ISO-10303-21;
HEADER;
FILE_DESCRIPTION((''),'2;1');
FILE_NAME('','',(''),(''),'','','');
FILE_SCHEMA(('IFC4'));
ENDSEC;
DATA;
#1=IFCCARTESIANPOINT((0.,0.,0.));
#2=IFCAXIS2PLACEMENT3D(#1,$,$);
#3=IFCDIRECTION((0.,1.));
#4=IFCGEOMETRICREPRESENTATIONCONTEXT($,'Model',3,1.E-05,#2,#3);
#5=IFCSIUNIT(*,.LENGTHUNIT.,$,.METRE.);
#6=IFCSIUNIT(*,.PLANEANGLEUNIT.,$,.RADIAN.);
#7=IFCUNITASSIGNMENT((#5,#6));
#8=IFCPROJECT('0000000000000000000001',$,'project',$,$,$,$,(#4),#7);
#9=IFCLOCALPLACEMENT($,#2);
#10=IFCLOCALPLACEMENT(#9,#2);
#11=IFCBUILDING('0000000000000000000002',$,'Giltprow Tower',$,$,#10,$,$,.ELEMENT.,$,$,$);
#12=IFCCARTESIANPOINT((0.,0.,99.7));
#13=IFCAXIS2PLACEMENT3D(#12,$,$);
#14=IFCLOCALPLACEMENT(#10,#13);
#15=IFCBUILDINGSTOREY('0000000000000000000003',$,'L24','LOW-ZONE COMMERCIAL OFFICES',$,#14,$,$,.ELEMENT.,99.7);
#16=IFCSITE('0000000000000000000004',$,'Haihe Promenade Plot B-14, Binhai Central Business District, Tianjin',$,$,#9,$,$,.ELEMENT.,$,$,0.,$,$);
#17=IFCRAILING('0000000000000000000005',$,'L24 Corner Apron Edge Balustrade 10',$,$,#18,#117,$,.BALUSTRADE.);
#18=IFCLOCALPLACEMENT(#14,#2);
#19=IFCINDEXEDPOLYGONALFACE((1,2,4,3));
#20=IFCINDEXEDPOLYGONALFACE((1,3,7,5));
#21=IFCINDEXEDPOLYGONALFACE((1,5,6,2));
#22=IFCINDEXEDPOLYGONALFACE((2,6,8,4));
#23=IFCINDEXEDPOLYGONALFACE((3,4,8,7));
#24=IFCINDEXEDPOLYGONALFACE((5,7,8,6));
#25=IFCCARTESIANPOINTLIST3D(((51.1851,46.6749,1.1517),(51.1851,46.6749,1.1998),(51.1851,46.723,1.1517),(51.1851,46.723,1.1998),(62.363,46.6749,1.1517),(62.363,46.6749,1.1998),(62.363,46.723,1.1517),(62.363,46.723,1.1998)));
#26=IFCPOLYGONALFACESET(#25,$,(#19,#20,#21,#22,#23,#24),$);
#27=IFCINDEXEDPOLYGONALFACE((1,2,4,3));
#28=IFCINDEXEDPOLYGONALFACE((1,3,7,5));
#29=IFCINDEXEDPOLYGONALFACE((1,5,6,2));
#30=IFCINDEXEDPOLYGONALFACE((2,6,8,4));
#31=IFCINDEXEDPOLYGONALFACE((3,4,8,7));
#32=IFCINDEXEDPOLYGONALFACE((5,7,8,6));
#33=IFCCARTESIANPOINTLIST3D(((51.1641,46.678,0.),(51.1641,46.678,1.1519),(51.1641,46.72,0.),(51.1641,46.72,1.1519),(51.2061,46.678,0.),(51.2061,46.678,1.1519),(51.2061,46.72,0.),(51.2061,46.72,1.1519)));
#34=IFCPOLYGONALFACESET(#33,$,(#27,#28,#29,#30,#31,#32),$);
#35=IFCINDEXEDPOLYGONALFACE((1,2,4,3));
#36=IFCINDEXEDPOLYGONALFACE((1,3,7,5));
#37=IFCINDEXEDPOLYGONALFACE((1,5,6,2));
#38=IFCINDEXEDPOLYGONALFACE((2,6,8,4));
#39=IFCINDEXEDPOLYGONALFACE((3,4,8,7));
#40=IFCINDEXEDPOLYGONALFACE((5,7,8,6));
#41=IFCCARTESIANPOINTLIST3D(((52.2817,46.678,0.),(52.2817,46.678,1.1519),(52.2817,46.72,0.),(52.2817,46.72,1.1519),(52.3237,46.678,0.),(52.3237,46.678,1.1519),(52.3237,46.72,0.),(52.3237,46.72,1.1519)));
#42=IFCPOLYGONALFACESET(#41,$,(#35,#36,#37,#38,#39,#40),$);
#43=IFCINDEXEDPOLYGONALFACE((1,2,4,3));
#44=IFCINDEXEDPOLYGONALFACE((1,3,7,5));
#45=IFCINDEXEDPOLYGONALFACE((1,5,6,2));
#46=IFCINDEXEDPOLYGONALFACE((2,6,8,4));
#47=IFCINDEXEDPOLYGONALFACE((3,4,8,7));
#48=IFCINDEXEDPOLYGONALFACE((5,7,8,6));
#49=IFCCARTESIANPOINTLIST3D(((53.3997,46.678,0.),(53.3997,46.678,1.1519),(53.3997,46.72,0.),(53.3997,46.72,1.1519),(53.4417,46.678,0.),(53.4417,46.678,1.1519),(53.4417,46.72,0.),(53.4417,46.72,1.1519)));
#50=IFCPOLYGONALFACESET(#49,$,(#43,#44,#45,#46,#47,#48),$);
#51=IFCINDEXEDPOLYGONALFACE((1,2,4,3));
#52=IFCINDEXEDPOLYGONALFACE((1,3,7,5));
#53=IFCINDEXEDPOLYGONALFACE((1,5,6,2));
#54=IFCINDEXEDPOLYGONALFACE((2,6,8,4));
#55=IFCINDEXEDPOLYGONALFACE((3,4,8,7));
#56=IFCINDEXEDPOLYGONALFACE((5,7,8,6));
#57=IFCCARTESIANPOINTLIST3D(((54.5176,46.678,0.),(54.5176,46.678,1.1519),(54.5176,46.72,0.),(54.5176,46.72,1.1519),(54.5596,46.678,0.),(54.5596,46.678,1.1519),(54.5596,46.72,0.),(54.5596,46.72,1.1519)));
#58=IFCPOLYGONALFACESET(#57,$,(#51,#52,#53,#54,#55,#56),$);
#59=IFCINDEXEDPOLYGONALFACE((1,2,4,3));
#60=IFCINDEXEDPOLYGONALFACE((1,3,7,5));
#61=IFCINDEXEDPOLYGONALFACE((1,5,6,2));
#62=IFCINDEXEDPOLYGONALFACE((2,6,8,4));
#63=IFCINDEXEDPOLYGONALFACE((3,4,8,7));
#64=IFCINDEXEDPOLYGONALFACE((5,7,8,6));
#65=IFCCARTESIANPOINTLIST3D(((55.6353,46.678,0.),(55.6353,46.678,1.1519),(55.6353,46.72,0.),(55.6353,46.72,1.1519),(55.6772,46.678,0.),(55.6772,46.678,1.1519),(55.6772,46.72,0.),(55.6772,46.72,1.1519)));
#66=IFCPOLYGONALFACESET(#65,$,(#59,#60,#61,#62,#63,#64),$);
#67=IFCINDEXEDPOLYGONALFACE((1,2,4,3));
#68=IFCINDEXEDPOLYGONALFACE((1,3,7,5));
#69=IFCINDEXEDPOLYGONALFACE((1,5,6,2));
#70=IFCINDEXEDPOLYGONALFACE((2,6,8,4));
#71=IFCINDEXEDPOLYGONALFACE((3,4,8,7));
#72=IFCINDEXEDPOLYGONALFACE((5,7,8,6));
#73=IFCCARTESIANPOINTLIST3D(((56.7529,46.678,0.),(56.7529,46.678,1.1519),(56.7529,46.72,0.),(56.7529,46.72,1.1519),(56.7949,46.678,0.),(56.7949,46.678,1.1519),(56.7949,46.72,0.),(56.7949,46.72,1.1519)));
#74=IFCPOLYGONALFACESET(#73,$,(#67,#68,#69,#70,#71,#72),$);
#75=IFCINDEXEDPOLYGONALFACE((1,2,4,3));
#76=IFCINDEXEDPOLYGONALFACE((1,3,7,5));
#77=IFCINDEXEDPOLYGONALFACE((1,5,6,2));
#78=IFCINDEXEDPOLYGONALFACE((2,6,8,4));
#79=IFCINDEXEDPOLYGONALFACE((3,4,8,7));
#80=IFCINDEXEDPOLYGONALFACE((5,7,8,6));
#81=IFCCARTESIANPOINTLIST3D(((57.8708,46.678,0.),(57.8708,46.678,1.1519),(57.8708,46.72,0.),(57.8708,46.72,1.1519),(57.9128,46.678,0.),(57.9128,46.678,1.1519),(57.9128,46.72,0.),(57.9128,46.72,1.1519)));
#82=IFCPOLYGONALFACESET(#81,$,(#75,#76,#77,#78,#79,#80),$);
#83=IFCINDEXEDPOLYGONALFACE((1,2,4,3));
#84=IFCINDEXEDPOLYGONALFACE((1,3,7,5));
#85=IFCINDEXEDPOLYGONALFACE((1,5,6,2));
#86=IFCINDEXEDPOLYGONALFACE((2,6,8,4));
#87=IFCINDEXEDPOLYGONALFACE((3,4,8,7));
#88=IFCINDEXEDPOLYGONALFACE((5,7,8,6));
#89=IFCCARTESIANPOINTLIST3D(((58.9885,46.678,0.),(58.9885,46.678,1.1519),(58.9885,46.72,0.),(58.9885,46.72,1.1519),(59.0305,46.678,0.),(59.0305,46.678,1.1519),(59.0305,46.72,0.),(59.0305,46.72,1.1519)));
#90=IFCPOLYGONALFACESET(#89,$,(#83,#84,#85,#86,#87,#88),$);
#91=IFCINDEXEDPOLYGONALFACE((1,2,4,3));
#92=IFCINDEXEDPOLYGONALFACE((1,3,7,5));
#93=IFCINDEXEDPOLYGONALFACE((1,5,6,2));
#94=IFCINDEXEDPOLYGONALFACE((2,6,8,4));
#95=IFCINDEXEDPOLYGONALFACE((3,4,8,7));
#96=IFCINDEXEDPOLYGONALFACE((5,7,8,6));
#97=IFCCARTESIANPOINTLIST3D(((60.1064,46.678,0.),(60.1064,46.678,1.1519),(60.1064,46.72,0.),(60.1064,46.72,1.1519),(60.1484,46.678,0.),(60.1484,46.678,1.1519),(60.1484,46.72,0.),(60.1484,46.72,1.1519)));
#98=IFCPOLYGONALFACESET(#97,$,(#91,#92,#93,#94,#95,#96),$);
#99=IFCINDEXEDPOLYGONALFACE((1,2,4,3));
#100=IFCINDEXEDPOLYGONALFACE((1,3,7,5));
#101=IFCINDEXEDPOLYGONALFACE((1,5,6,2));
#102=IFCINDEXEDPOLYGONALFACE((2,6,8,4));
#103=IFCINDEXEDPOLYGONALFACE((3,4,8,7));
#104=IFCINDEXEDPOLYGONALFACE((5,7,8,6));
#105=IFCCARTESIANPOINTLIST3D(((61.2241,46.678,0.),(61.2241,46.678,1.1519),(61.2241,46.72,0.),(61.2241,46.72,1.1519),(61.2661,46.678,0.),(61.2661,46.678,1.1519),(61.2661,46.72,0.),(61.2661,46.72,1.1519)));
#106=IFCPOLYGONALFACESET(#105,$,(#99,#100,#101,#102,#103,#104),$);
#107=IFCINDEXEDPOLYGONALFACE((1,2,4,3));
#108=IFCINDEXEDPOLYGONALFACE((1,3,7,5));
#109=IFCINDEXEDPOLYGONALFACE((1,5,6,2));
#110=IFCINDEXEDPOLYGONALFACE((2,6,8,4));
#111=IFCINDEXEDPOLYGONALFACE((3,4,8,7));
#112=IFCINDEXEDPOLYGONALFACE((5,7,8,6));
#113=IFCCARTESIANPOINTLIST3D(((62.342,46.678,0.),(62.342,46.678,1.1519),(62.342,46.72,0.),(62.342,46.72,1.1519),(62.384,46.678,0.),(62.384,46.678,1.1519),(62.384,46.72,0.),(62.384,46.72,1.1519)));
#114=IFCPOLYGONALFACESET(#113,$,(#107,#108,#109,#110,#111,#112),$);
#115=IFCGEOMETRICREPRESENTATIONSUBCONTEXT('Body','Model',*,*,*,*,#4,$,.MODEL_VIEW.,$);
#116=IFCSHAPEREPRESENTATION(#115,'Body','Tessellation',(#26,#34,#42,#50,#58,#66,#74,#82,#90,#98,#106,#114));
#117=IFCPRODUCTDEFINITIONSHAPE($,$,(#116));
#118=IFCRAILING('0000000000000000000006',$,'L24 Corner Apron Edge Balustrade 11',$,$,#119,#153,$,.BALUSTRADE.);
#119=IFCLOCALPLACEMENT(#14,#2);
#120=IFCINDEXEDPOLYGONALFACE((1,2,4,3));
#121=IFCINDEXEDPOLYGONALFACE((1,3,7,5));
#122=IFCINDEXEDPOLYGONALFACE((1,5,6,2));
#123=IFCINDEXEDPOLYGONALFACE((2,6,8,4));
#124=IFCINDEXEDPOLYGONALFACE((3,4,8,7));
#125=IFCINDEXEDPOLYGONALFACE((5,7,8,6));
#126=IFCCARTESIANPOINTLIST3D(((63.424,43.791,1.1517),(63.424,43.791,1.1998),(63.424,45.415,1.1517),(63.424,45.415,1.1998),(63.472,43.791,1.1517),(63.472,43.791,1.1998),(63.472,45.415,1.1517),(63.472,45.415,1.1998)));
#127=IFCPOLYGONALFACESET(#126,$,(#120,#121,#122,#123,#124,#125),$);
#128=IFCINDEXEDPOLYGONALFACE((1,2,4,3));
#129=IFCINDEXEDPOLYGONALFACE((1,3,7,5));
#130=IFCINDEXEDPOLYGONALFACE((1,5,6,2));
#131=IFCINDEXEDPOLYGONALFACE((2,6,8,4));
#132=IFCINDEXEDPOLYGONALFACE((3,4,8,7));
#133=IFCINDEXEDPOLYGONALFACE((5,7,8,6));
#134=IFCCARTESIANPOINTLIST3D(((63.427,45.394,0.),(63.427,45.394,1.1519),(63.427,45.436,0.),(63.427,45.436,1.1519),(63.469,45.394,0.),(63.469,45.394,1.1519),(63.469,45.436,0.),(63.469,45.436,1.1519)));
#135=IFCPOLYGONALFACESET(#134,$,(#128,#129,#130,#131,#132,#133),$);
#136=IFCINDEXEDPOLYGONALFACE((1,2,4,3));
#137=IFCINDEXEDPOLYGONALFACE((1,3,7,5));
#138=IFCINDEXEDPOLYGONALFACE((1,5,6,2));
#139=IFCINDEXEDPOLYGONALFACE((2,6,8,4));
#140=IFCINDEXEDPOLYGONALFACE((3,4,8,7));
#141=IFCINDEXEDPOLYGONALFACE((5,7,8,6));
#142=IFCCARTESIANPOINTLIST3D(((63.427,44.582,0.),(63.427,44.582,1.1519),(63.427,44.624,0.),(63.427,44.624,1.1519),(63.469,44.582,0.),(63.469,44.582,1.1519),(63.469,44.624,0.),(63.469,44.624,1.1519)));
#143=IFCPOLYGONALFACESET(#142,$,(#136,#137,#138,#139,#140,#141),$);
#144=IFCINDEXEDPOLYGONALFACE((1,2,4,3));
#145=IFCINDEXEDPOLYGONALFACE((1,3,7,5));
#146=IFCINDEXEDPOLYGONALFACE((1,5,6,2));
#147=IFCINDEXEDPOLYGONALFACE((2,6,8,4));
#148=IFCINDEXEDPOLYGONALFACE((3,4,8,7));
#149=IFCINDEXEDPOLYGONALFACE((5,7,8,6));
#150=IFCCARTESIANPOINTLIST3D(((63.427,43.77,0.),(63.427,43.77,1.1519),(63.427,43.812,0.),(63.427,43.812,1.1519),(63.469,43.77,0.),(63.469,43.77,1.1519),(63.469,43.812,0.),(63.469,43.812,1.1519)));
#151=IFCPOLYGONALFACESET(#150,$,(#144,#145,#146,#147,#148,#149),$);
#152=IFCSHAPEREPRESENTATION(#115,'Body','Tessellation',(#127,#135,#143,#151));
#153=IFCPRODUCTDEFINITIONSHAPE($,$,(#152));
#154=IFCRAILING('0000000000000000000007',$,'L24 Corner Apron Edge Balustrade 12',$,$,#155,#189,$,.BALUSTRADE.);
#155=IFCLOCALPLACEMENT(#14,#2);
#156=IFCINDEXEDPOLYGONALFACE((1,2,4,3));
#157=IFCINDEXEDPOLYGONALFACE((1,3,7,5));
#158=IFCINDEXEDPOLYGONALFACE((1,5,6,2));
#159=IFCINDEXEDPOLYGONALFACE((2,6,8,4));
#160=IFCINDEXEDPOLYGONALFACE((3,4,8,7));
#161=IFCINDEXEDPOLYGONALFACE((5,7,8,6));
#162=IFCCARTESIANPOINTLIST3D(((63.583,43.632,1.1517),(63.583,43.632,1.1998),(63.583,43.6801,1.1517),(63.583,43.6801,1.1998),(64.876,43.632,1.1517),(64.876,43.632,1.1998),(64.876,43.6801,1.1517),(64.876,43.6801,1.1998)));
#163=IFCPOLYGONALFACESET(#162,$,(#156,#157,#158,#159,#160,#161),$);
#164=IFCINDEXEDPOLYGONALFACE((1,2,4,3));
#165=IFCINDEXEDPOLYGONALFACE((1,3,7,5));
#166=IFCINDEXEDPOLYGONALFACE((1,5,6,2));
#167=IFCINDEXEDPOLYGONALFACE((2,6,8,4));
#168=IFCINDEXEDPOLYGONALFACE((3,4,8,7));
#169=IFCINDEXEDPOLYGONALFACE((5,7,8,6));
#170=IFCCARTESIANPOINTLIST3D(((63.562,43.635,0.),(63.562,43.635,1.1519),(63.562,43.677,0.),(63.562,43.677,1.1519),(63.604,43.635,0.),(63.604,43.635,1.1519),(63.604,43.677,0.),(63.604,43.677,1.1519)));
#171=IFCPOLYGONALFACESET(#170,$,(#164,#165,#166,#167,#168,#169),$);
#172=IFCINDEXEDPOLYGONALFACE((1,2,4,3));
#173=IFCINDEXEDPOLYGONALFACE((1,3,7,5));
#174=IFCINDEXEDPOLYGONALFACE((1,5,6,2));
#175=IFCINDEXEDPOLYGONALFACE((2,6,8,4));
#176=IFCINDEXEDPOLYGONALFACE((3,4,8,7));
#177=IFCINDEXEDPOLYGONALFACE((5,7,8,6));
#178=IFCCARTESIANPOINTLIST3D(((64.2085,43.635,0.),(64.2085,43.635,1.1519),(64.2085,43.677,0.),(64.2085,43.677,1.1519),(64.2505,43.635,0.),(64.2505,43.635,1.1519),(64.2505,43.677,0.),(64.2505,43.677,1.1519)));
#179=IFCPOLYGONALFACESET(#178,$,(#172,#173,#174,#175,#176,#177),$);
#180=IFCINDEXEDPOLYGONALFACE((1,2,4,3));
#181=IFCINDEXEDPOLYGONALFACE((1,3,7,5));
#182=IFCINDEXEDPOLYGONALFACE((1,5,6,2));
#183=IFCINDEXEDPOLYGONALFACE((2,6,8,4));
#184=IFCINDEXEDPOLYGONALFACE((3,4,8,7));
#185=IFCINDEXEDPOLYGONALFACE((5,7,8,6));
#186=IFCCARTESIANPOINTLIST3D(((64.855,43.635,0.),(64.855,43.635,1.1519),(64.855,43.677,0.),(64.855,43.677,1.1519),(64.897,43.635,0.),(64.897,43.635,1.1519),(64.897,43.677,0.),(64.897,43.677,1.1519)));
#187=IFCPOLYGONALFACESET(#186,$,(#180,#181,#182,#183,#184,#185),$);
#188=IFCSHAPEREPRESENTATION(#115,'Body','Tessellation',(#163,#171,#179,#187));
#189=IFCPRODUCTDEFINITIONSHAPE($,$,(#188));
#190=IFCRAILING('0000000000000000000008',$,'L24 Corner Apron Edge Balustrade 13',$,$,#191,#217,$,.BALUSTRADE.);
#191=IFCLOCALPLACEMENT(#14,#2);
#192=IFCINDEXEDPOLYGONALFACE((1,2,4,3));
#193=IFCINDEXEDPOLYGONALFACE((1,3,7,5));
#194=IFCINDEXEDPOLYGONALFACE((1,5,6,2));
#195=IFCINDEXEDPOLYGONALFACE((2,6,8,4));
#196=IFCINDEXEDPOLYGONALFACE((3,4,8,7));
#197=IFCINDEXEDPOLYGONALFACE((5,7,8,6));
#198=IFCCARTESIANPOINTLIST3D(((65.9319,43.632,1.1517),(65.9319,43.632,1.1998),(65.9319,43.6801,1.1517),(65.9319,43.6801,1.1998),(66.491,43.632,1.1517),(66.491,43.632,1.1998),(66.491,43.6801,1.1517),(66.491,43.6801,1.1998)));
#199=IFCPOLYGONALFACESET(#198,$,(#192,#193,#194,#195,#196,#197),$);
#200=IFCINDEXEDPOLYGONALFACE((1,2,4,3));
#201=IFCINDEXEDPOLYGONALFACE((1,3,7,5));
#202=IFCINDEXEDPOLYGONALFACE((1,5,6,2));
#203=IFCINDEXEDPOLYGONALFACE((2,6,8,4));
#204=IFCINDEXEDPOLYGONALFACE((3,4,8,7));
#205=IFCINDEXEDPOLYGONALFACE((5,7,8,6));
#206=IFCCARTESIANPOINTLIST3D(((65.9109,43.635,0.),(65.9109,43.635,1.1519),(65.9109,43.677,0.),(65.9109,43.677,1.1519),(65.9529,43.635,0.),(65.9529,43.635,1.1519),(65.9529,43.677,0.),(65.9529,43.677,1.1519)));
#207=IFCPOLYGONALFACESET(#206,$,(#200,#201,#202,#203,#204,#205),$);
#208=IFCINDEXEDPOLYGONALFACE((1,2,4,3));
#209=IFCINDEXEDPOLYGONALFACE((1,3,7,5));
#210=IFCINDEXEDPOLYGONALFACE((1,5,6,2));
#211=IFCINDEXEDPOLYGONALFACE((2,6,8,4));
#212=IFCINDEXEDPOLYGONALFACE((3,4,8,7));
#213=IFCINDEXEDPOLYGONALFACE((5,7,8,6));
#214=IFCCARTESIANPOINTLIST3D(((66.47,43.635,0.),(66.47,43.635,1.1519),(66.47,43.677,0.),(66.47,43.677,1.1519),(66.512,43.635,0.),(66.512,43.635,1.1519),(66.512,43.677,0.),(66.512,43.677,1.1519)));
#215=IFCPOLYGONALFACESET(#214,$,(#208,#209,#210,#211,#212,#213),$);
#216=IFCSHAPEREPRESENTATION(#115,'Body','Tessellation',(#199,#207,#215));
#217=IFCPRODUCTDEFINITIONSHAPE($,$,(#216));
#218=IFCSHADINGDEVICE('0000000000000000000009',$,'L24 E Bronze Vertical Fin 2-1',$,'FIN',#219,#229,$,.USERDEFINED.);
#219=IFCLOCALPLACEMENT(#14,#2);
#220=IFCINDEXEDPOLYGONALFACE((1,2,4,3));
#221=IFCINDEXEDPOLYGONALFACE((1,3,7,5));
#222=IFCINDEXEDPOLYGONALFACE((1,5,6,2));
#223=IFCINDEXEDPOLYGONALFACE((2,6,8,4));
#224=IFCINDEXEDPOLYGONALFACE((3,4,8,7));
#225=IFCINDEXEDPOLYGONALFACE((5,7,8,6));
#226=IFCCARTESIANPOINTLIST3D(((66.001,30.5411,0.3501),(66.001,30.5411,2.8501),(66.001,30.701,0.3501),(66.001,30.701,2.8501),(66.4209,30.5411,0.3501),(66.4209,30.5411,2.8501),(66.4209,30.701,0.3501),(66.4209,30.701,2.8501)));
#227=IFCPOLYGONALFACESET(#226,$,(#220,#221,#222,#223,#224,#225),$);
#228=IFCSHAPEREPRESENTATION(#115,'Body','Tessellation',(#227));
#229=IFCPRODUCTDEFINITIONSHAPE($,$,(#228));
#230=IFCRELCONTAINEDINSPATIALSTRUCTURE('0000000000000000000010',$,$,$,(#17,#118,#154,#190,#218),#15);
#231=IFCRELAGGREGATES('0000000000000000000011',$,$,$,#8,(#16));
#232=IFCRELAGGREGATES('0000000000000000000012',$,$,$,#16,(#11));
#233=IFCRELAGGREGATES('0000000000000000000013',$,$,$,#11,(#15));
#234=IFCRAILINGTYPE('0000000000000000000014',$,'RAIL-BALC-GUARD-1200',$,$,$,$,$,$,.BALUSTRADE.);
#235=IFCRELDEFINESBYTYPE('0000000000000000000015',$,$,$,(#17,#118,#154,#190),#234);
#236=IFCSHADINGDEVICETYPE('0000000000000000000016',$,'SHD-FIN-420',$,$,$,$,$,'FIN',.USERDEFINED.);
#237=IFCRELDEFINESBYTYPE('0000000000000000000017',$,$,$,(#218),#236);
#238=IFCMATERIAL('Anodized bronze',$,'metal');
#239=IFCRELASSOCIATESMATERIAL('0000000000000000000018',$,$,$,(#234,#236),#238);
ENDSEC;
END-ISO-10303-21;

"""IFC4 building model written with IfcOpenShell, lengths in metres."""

from ifc_helpers import new_model, si_unit, direction, frame, origin, origin_2d, place, context, subcontext, project, spatial, rectangle, extrude, source, transform, mapped, material, type_object, element, save


model = new_model("IFC4")

# Units and contexts
model_context = context("Model", 3, precision=1e-05, world=origin(), true_north=direction((0.0, 1.0)))
body_context = subcontext(model_context, "Body", "Model", "MODEL_VIEW")
ifc_project = project(units=[si_unit("LENGTHUNIT", "METRE"), si_unit("PLANEANGLEUNIT", "RADIAN")], contexts=[model_context])

# Site, building, storey
site_placement = place(None, origin())
site = spatial("IfcSite", under=ifc_project, at=site_placement, Name="Haihe Promenade Plot B-14, Binhai Central Business District, Tianjin", CompositionType="ELEMENT", RefElevation=0.0)
building_placement = place(site_placement, origin())
building = spatial("IfcBuilding", under=site, at=building_placement, Name="Giltprow Tower", CompositionType="ELEMENT")
storey_placement = place(building_placement, frame((0.0, 0.0, 99.7)))
storey = spatial("IfcBuildingStorey", under=building, at=storey_placement, Name="L24", Description="LOW-ZONE COMMERCIAL OFFICES", CompositionType="ELEMENT", Elevation=99.7)

# Railings
ifc_material_1 = material(Name="Anodized bronze", Category="metal")
railing_type = type_object("IfcRailingType", Name="RAIL-BALC-GUARD-1200", PredefinedType="BALUSTRADE", material=ifc_material_1)
railing_1_placement = place(storey_placement, frame((51.1851, 46.699, 0.0)))
element("IfcRailing", 1, at=railing_1_placement, inside=storey, type_object=railing_type, Name="L24 Corner Apron Edge Balustrade 10", PredefinedType="BALUSTRADE", context=body_context, shape_type="SweptSolid", body=[
    extrude(rectangle(XDim=0.0481, YDim=0.0481, at=origin_2d()), frame((0.0, 0.0, 1.1758), z_axis=(1.0, 0.0, 0.0), x_axis=(0.0, 1.0, 0.0)), (0.0, 0.0, 1.0), 11.178),
    extrude(rectangle(XDim=0.042, YDim=0.042, at=origin_2d()), origin(), (0.0, 0.0, 1.0), 1.1519),
    extrude(rectangle(XDim=0.042, YDim=0.042, at=origin_2d()), frame((1.1177, 0.0, 0.0)), (0.0, 0.0, 1.0), 1.1519),
    extrude(rectangle(XDim=0.042, YDim=0.042, at=origin_2d()), frame((2.2356, 0.0, 0.0)), (0.0, 0.0, 1.0), 1.1519),
    extrude(rectangle(XDim=0.042, YDim=0.042, at=origin_2d()), frame((3.3535, 0.0, 0.0)), (0.0, 0.0, 1.0), 1.1519),
    extrude(rectangle(XDim=0.042, YDim=0.042, at=origin_2d()), frame((4.4712, 0.0, 0.0)), (0.0, 0.0, 1.0), 1.1519),
    extrude(rectangle(XDim=0.042, YDim=0.042, at=origin_2d()), frame((5.5889, 0.0, 0.0)), (0.0, 0.0, 1.0), 1.1519),
    extrude(rectangle(XDim=0.042, YDim=0.042, at=origin_2d()), frame((6.7068, 0.0, 0.0)), (0.0, 0.0, 1.0), 1.1519),
    extrude(rectangle(XDim=0.042, YDim=0.042, at=origin_2d()), frame((7.8245, 0.0, 0.0)), (0.0, 0.0, 1.0), 1.1519),
    extrude(rectangle(XDim=0.042, YDim=0.042, at=origin_2d()), frame((8.9424, 0.0, 0.0)), (0.0, 0.0, 1.0), 1.1519),
    extrude(rectangle(XDim=0.042, YDim=0.042, at=origin_2d()), frame((10.0601, 0.0, 0.0)), (0.0, 0.0, 1.0), 1.1519),
    extrude(rectangle(XDim=0.042, YDim=0.042, at=origin_2d()), frame((11.178, 0.0, 0.0)), (0.0, 0.0, 1.0), 1.1519),
])
railing_2_placement = place(storey_placement, frame((63.448, 45.415, 0.0)))
element("IfcRailing", 2, at=railing_2_placement, inside=storey, type_object=railing_type, Name="L24 Corner Apron Edge Balustrade 11", PredefinedType="BALUSTRADE", context=body_context, shape_type="SweptSolid", body=[
    extrude(rectangle(XDim=0.0481, YDim=0.0481, at=origin_2d()), frame((0.0, 0.0, 1.1758), z_axis=(0.0, -1.0, 0.0), x_axis=(1.0, 0.0, 0.0)), (0.0, 0.0, 1.0), 1.624),
    extrude(rectangle(XDim=0.042, YDim=0.042, at=origin_2d()), origin(), (0.0, 0.0, 1.0), 1.1519),
    extrude(rectangle(XDim=0.042, YDim=0.042, at=origin_2d()), frame((0.0, -0.812, 0.0)), (0.0, 0.0, 1.0), 1.1519),
    extrude(rectangle(XDim=0.042, YDim=0.042, at=origin_2d()), frame((0.0, -1.624, 0.0)), (0.0, 0.0, 1.0), 1.1519),
])
railing_3_placement = place(storey_placement, frame((63.583, 43.656, 0.0)))
element("IfcRailing", 3, at=railing_3_placement, inside=storey, type_object=railing_type, Name="L24 Corner Apron Edge Balustrade 12", PredefinedType="BALUSTRADE", context=body_context, shape_type="SweptSolid", body=[
    extrude(rectangle(XDim=0.0481, YDim=0.0481, at=origin_2d()), frame((0.0, 0.0, 1.1758), z_axis=(1.0, 0.0, 0.0), x_axis=(0.0, 1.0, 0.0)), (0.0, 0.0, 1.0), 1.293),
    extrude(rectangle(XDim=0.042, YDim=0.042, at=origin_2d()), origin(), (0.0, 0.0, 1.0), 1.1519),
    extrude(rectangle(XDim=0.042, YDim=0.042, at=origin_2d()), frame((0.6465, 0.0, 0.0)), (0.0, 0.0, 1.0), 1.1519),
    extrude(rectangle(XDim=0.042, YDim=0.042, at=origin_2d()), frame((1.293, 0.0, 0.0)), (0.0, 0.0, 1.0), 1.1519),
])
railing_4_placement = place(storey_placement, frame((65.9319, 43.656, 0.0)))
element("IfcRailing", 4, at=railing_4_placement, inside=storey, type_object=railing_type, Name="L24 Corner Apron Edge Balustrade 13", PredefinedType="BALUSTRADE", context=body_context, shape_type="SweptSolid", body=[
    extrude(rectangle(XDim=0.0481, YDim=0.0481, at=origin_2d()), frame((0.0, 0.0, 1.1758), z_axis=(1.0, 0.0, 0.0), x_axis=(0.0, 1.0, 0.0)), (0.0, 0.0, 1.0), 0.5591),
    extrude(rectangle(XDim=0.042, YDim=0.042, at=origin_2d()), origin(), (0.0, 0.0, 1.0), 1.1519),
    extrude(rectangle(XDim=0.042, YDim=0.042, at=origin_2d()), frame((0.5591, 0.0, 0.0)), (0.0, 0.0, 1.0), 1.1519),
])

# Shading device
shading_device_type = type_object("IfcShadingDeviceType", Name="SHD-FIN-420", ElementType="FIN", PredefinedType="USERDEFINED", material=ifc_material_1)
shared_shape_1 = source(origin(), body_context, "Body", "SweptSolid", [
    extrude(rectangle(XDim=0.4199, YDim=0.1599, at=origin_2d()), origin(), (0.0, 0.0, 1.0), 2.5),
])
shading_device_placement = place(storey_placement, frame((66.2109, 30.6211, 0.3501), z_axis=(0.0, 0.0, 1.0), x_axis=(1.0, 0.0, 0.0)))
element("IfcShadingDevice", 5, at=shading_device_placement, inside=storey, type_object=shading_device_type, Name="L24 E Bronze Vertical Fin 2-1", ObjectType="FIN", PredefinedType="USERDEFINED", context=body_context, shape_type="MappedRepresentation", body=[
    mapped(shared_shape_1, transform((0.0, 0.0, 0.0), x_axis=(1.0, 0.0, 0.0), y_axis=(0.0, 1.0, 0.0), z_axis=(0.0, 0.0, 1.0), scale=1.0)),
])

save(model, "model.ifc")
